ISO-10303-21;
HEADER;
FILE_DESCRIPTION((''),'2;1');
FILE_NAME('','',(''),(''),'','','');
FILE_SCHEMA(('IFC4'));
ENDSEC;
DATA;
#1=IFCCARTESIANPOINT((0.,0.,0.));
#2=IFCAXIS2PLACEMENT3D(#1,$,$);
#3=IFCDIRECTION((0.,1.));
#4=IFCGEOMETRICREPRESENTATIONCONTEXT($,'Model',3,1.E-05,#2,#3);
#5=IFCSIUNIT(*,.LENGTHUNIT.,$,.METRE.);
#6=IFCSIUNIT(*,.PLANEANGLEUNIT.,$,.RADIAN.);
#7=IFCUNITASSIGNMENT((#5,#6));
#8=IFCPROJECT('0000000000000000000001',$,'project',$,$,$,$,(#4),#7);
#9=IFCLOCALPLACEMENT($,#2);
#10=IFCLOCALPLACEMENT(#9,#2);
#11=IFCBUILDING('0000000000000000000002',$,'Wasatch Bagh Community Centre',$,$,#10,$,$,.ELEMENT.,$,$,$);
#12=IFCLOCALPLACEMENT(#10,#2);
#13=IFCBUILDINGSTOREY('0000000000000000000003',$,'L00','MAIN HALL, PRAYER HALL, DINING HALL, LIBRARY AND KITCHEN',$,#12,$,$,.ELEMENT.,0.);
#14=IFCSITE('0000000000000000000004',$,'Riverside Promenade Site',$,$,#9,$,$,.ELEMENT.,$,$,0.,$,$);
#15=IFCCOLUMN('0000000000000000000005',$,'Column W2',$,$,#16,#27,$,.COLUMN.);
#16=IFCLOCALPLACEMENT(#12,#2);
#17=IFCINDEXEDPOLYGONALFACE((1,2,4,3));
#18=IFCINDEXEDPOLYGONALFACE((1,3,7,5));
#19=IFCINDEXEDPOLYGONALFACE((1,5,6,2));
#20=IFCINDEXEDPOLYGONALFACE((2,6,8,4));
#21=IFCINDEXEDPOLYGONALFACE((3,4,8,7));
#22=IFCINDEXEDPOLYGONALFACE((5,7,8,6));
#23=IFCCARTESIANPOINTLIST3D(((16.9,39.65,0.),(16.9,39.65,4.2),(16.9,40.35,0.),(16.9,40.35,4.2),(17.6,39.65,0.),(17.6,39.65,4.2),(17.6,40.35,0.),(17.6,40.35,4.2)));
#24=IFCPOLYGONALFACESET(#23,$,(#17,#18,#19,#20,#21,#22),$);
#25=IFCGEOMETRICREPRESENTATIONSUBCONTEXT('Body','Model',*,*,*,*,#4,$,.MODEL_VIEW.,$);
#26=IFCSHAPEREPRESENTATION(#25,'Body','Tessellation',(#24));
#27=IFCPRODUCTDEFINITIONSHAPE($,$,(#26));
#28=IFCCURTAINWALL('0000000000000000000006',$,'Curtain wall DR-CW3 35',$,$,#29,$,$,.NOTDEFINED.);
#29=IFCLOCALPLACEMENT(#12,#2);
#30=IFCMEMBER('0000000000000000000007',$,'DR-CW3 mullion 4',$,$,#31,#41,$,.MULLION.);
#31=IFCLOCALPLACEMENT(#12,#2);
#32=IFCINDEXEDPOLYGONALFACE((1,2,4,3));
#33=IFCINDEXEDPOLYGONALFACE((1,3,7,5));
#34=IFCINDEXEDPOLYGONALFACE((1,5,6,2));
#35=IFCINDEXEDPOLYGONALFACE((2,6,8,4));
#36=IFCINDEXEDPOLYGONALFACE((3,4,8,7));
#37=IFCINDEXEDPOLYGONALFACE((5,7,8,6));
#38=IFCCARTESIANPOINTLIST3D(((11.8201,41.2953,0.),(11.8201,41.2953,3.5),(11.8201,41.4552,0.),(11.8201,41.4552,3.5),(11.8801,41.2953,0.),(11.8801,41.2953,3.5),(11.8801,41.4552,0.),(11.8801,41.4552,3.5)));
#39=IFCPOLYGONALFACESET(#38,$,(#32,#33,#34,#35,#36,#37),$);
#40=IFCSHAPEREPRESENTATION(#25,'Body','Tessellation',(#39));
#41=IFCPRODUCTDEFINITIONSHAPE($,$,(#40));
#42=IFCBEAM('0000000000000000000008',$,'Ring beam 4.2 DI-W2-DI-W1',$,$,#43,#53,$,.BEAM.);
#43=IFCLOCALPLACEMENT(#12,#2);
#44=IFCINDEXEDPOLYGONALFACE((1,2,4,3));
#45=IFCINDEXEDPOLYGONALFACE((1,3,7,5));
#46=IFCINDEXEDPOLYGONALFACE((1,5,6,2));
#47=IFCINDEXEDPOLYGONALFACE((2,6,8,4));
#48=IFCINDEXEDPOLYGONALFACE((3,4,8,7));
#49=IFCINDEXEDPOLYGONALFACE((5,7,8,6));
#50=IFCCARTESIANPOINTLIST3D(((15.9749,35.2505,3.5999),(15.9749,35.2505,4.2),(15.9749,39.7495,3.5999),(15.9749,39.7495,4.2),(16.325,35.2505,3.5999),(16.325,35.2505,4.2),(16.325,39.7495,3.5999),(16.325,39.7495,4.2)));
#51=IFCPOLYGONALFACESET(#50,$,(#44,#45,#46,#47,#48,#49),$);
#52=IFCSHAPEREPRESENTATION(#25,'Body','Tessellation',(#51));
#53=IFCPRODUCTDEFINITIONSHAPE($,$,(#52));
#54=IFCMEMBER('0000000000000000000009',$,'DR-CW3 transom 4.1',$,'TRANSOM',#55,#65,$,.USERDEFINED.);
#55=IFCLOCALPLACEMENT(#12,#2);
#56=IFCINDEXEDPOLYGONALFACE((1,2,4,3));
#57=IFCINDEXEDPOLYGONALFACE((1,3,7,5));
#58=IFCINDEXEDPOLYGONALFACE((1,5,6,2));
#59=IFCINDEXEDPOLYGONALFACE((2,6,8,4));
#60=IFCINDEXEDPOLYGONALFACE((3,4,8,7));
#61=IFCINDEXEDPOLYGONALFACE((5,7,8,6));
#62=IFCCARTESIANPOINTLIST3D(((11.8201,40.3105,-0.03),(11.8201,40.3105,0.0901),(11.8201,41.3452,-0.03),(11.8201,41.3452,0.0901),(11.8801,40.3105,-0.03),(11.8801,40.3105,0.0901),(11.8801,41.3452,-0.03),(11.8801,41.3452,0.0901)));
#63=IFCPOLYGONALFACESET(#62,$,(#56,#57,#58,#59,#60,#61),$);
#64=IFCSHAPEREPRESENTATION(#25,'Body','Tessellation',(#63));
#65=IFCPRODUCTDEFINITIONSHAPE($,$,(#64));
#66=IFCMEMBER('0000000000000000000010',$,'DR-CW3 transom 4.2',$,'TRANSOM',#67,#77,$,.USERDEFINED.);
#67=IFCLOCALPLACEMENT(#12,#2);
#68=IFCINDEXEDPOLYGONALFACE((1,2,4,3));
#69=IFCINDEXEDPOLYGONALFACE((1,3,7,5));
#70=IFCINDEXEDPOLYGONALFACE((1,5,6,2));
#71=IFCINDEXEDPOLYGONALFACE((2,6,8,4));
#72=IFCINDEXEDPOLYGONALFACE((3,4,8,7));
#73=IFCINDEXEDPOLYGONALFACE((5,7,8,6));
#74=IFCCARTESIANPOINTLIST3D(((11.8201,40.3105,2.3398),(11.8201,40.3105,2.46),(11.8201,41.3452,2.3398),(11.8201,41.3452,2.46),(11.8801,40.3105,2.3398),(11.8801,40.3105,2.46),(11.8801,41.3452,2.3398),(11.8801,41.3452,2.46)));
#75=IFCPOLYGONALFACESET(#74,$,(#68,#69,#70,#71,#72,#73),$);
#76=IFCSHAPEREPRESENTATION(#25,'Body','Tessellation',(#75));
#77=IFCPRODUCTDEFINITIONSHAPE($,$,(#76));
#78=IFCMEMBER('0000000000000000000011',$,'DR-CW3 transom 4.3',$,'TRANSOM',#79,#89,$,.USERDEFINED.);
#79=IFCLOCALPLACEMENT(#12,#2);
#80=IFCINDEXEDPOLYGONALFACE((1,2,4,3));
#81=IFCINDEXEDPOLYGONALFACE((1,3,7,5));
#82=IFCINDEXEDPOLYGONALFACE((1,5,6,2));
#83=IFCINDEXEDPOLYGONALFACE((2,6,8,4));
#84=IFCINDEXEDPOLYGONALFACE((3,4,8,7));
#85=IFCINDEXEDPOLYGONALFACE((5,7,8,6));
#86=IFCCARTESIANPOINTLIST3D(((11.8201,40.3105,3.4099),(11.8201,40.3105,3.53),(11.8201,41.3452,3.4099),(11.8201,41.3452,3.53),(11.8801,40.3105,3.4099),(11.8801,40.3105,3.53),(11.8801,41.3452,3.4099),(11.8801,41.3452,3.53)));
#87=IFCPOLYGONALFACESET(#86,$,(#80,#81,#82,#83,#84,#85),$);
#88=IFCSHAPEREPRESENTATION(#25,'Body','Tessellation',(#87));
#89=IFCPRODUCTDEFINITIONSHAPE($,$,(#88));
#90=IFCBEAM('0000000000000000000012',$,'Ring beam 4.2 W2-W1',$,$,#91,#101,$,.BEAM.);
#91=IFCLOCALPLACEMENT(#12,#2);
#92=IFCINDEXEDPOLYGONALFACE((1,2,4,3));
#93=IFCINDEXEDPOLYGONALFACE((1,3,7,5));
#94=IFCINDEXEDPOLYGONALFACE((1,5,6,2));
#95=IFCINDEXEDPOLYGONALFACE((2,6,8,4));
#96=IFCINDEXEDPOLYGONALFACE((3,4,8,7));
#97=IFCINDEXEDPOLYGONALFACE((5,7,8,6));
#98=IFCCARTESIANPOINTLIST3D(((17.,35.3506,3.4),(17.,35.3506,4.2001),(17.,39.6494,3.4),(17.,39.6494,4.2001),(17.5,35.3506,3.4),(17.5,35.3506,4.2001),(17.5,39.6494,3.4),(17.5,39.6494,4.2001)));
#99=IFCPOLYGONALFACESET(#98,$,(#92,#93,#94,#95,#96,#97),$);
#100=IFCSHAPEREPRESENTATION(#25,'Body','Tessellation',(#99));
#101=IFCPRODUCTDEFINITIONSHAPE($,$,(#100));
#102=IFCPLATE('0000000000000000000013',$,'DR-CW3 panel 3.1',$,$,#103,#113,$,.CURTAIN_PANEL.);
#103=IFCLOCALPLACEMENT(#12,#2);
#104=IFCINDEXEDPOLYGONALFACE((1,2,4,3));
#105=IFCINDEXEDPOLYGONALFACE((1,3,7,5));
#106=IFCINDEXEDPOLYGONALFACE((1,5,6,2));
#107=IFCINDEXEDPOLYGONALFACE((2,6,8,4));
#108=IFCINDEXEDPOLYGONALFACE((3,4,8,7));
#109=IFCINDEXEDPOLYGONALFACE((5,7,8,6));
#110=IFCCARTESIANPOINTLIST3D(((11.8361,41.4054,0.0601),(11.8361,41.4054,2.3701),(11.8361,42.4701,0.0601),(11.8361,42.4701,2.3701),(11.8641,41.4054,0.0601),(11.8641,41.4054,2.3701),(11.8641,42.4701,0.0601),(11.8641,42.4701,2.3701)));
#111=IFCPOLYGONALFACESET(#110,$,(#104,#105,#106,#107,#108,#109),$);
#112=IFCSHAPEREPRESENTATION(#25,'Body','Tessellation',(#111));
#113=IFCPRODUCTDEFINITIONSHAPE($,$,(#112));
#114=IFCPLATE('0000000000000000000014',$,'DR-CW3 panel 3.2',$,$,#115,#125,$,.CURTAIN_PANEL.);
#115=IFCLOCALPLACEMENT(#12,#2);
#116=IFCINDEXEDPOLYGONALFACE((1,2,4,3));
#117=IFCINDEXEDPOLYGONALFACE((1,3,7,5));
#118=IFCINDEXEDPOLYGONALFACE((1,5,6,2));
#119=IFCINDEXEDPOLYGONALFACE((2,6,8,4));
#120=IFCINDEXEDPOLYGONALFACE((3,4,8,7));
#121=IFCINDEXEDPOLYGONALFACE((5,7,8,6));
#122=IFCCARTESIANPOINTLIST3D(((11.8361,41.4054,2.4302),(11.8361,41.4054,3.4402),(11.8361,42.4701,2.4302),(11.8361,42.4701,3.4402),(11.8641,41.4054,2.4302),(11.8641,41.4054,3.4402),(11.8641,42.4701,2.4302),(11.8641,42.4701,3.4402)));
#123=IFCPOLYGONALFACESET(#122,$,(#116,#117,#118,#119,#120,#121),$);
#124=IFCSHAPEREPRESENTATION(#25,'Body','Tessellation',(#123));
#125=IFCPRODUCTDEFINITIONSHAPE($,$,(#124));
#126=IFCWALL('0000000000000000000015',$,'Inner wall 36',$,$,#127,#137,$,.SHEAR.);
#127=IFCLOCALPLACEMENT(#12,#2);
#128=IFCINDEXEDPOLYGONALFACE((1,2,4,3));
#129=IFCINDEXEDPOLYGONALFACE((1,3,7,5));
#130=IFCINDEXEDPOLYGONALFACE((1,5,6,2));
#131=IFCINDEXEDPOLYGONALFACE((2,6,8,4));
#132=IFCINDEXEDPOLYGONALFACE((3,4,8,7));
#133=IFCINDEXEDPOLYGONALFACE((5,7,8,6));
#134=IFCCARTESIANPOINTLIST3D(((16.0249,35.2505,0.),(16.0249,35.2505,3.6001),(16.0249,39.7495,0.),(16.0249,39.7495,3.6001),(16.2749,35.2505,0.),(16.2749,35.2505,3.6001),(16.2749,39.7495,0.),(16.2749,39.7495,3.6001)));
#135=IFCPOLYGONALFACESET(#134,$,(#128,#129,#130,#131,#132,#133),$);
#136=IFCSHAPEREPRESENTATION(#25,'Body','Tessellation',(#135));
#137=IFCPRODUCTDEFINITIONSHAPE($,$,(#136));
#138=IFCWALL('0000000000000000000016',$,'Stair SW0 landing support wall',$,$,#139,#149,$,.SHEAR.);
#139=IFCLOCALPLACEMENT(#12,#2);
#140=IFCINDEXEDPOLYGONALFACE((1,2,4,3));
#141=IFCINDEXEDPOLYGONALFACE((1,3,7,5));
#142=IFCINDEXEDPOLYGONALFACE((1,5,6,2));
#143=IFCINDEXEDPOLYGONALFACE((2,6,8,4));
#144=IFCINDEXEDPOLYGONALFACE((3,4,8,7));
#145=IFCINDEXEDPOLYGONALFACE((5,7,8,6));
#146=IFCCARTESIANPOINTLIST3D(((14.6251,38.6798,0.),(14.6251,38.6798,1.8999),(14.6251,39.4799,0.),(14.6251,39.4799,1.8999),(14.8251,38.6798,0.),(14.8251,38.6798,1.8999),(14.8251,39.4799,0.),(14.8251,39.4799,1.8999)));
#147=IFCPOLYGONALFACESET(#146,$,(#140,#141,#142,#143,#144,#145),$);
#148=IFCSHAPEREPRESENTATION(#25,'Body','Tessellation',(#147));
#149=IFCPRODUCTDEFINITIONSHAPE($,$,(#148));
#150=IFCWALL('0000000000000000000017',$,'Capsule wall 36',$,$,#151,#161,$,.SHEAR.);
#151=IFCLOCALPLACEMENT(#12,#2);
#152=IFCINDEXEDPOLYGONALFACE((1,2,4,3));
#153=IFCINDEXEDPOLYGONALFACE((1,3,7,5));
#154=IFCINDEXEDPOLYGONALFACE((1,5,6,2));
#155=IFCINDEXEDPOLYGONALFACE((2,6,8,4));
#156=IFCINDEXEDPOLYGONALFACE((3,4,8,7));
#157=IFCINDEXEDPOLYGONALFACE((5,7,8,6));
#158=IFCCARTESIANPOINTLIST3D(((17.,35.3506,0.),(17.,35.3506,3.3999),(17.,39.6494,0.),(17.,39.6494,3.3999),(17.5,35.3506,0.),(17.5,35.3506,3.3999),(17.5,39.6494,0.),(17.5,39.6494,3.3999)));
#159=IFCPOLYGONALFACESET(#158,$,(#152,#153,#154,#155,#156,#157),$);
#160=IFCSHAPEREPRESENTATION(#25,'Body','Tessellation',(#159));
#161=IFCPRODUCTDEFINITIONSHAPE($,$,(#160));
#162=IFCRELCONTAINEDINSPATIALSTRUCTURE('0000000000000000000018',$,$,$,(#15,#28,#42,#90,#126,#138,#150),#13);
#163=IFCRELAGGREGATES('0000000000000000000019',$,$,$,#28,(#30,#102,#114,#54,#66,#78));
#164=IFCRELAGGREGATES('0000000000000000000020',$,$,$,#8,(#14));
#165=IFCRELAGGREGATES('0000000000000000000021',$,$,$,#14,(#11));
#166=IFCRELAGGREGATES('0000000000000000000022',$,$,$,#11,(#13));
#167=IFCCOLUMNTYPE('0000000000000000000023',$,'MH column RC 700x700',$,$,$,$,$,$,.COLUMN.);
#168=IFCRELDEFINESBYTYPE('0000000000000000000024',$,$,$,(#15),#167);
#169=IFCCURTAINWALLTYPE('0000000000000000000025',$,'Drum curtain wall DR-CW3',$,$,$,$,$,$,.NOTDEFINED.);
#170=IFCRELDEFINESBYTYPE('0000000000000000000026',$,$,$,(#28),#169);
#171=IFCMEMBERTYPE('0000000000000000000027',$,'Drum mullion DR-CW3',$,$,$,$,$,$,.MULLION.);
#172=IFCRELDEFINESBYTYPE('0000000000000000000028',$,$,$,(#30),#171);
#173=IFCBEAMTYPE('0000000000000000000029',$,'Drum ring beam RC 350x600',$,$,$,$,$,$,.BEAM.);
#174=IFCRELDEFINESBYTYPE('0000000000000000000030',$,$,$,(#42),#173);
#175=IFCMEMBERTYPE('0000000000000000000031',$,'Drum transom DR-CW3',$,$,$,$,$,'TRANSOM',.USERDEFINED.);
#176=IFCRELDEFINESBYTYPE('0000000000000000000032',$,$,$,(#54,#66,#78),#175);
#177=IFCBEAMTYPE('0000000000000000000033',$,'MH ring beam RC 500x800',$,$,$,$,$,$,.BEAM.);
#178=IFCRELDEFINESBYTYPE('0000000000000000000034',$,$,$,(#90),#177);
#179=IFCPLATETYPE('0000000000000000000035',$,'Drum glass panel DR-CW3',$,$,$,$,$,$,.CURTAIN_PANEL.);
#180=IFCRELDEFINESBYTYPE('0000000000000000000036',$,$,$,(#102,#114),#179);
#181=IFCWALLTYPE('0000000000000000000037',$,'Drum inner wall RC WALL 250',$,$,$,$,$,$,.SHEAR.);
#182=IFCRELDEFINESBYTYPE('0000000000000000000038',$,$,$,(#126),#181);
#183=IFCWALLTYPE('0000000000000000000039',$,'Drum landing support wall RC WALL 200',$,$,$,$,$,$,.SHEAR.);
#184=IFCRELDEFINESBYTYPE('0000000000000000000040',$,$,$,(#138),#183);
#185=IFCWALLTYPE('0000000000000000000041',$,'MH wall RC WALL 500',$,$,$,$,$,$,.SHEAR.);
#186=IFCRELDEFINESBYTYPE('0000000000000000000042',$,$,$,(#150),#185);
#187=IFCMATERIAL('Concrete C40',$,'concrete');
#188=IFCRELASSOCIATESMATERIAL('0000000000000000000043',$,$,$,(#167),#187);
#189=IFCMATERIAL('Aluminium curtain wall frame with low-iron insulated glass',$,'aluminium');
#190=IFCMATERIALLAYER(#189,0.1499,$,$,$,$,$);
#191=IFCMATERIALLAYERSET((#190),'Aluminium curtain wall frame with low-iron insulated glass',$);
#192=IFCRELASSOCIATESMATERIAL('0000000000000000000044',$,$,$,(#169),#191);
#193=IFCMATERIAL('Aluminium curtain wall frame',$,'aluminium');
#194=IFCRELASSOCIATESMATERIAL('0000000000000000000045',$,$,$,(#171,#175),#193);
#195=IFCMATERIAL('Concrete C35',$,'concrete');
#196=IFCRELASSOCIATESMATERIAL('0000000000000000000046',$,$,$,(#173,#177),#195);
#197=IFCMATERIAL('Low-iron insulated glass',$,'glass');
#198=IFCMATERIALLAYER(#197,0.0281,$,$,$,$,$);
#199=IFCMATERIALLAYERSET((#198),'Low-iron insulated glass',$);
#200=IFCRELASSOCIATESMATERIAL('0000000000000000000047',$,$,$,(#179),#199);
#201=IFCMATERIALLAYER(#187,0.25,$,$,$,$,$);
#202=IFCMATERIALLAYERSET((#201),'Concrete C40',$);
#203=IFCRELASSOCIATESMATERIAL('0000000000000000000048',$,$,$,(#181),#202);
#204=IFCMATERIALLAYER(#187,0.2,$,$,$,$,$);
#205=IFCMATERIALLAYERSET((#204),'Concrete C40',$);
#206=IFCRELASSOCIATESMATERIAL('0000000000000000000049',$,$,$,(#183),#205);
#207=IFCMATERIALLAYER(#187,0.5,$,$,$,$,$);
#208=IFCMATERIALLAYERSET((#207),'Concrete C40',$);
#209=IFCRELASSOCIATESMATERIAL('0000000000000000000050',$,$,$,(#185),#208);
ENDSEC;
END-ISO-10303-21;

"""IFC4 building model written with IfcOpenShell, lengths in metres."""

from ifc_helpers import new_model, si_unit, direction, frame, frame_2d, origin, origin_2d, place, context, subcontext, project, spatial, rectangle, extrude, material, layer, layer_set, material_profile, profile_set, type_object, element, aggregate, save


model = new_model("IFC4")

# Units and contexts
model_context = context("Model", 3, precision=1e-05, world=origin(), true_north=direction((0.0, 1.0)))
body_context = subcontext(model_context, "Body", "Model", "MODEL_VIEW")
ifc_project = project(units=[si_unit("LENGTHUNIT", "METRE"), si_unit("PLANEANGLEUNIT", "RADIAN")], contexts=[model_context])

# Site, building, storey
site_placement = place(None, origin())
site = spatial("IfcSite", under=ifc_project, at=site_placement, Name="Riverside Promenade Site", CompositionType="ELEMENT", RefElevation=0.0)
building_placement = place(site_placement, origin())
building = spatial("IfcBuilding", under=site, at=building_placement, Name="Wasatch Bagh Community Centre", CompositionType="ELEMENT")
storey_placement = place(building_placement, origin())
storey = spatial("IfcBuildingStorey", under=building, at=storey_placement, Name="L00", Description="MAIN HALL, PRAYER HALL, DINING HALL, LIBRARY AND KITCHEN", CompositionType="ELEMENT", Elevation=0.0)

# Shared definitions
ifc_material_1 = material(Name="Concrete C35", Category="concrete")

# Column
ifc_material_2 = material(Name="Concrete C40", Category="concrete")
ifc_material_profile_1 = material_profile(ifc_material_2, rectangle(XDim=0.7, YDim=0.7, at=origin_2d()), Name="RC 700x700")
ifc_profile_set_1 = profile_set([ifc_material_profile_1], Name="Concrete C40")
column_type_1 = type_object("IfcColumnType", Name="MH column RC 700x700", PredefinedType="COLUMN", material=ifc_profile_set_1)
column_1_placement = place(storey_placement, frame((17.25, 40.0, 0.0), z_axis=(0.0, 0.0, 1.0), x_axis=(1.0, 0.0, 0.0)))
element("IfcColumn", 1, at=column_1_placement, inside=storey, type_object=column_type_1, Name="Column W2", PredefinedType="COLUMN", context=body_context, shape_type="SweptSolid", body=[
    extrude(rectangle(XDim=0.7, YDim=0.7, at=origin_2d()), origin(), (0.0, 0.0, 1.0), 4.2),
])

# Curtain wall, member
ifc_material_3 = material(Name="Aluminium curtain wall frame with low-iron insulated glass", Category="aluminium")
ifc_layer_1 = layer(ifc_material_3, 0.1499)
ifc_layer_set_1 = layer_set([ifc_layer_1], Name="Aluminium curtain wall frame with low-iron insulated glass")
curtain_wall_type = type_object("IfcCurtainWallType", Name="Drum curtain wall DR-CW3", PredefinedType="NOTDEFINED", material=ifc_layer_set_1)
curtain_wall_placement = place(storey_placement, origin())
curtain_wall = element("IfcCurtainWall", 2, at=curtain_wall_placement, inside=storey, type_object=curtain_wall_type, Name="Curtain wall DR-CW3 35", PredefinedType="NOTDEFINED")
ifc_material_4 = material(Name="Aluminium curtain wall frame", Category="aluminium")
ifc_material_profile_2 = material_profile(ifc_material_4, rectangle(XDim=0.0601, YDim=0.1599, at=origin_2d()), Name="Drum mullion DR-CW3")
ifc_profile_set_2 = profile_set([ifc_material_profile_2], Name="Aluminium curtain wall frame")
member_type_1 = type_object("IfcMemberType", Name="Drum mullion DR-CW3", PredefinedType="MULLION", material=ifc_profile_set_2)
member_1_placement = place(storey_placement, frame((11.8501, 41.3752, 0.0), z_axis=(0.0, 0.0, 1.0), x_axis=(1.0, 0.0, 0.0)))
member_1 = element("IfcMember", 3, at=member_1_placement, type_object=member_type_1, Name="DR-CW3 mullion 4", PredefinedType="MULLION", context=body_context, shape_type="SweptSolid", body=[
    extrude(rectangle(XDim=0.0601, YDim=0.1599, at=origin_2d()), origin(), (0.0, 0.0, 1.0), 3.5),
])

# Beam
ifc_material_profile_3 = material_profile(ifc_material_1, rectangle(XDim=0.3501, YDim=0.6001, at=origin_2d()), Name="RC 350x600")
ifc_profile_set_3 = profile_set([ifc_material_profile_3], Name="Concrete C35")
beam_type_1 = type_object("IfcBeamType", Name="Drum ring beam RC 350x600", PredefinedType="BEAM", material=ifc_profile_set_3)
beam_1_placement = place(storey_placement, frame((16.1499, 39.7495, 3.8999), z_axis=(0.0, -1.0, 0.0), x_axis=(1.0, 0.0, 0.0)))
element("IfcBeam", 4, at=beam_1_placement, inside=storey, type_object=beam_type_1, Name="Ring beam 4.2 DI-W2-DI-W1", PredefinedType="BEAM", context=body_context, shape_type="SweptSolid", body=[
    extrude(rectangle(XDim=0.3501, YDim=0.6001, at=origin_2d()), origin(), (0.0, 0.0, 1.0), 4.499),
])

# Members
ifc_material_profile_4 = material_profile(ifc_material_4, rectangle(XDim=0.0601, YDim=0.1201, at=origin_2d()), Name="Drum transom DR-CW3")
ifc_profile_set_4 = profile_set([ifc_material_profile_4], Name="Aluminium curtain wall frame")
member_type_2 = type_object("IfcMemberType", Name="Drum transom DR-CW3", ElementType="TRANSOM", PredefinedType="USERDEFINED", material=ifc_profile_set_4)
member_2_placement = place(storey_placement, frame((11.8501, 41.3452, 0.03), z_axis=(0.0, -1.0, 0.0), x_axis=(1.0, 0.0, 0.0)))
member_2 = element("IfcMember", 5, at=member_2_placement, type_object=member_type_2, Name="DR-CW3 transom 4.1", ObjectType="TRANSOM", PredefinedType="USERDEFINED", context=body_context, shape_type="SweptSolid", body=[
    extrude(rectangle(XDim=0.0601, YDim=0.1201, at=origin_2d()), origin(), (0.0, 0.0, 1.0), 1.0347),
])
member_3_placement = place(storey_placement, frame((11.8501, 41.3452, 2.3999), z_axis=(0.0, -1.0, 0.0), x_axis=(1.0, 0.0, 0.0)))
member_3 = element("IfcMember", 6, at=member_3_placement, type_object=member_type_2, Name="DR-CW3 transom 4.2", ObjectType="TRANSOM", PredefinedType="USERDEFINED", context=body_context, shape_type="SweptSolid", body=[
    extrude(rectangle(XDim=0.0601, YDim=0.1201, at=origin_2d()), origin(), (0.0, 0.0, 1.0), 1.0347),
])
member_4_placement = place(storey_placement, frame((11.8501, 41.3452, 3.47), z_axis=(0.0, -1.0, 0.0), x_axis=(1.0, 0.0, 0.0)))
member_4 = element("IfcMember", 7, at=member_4_placement, type_object=member_type_2, Name="DR-CW3 transom 4.3", ObjectType="TRANSOM", PredefinedType="USERDEFINED", context=body_context, shape_type="SweptSolid", body=[
    extrude(rectangle(XDim=0.0601, YDim=0.1201, at=origin_2d()), origin(), (0.0, 0.0, 1.0), 1.0347),
])

# Beam
ifc_material_profile_5 = material_profile(ifc_material_1, rectangle(XDim=0.5, YDim=0.8, at=origin_2d()), Name="RC 500x800")
ifc_profile_set_5 = profile_set([ifc_material_profile_5], Name="Concrete C35")
beam_type_2 = type_object("IfcBeamType", Name="MH ring beam RC 500x800", PredefinedType="BEAM", material=ifc_profile_set_5)
beam_2_placement = place(storey_placement, frame((17.25, 39.6494, 3.8), z_axis=(0.0, -1.0, 0.0), x_axis=(1.0, 0.0, 0.0)))
element("IfcBeam", 8, at=beam_2_placement, inside=storey, type_object=beam_type_2, Name="Ring beam 4.2 W2-W1", PredefinedType="BEAM", context=body_context, shape_type="SweptSolid", body=[
    extrude(rectangle(XDim=0.5, YDim=0.8, at=origin_2d()), origin(), (0.0, 0.0, 1.0), 4.2988),
])

# Plates
ifc_material_5 = material(Name="Low-iron insulated glass", Category="glass")
ifc_layer_2 = layer(ifc_material_5, 0.0281)
ifc_layer_set_2 = layer_set([ifc_layer_2], Name="Low-iron insulated glass")
plate_type = type_object("IfcPlateType", Name="Drum glass panel DR-CW3", PredefinedType="CURTAIN_PANEL", material=ifc_layer_set_2)
plate_1_placement = place(storey_placement, frame((11.8501, 41.9377, 0.0601), z_axis=(0.0, 0.0, 1.0), x_axis=(0.0, -1.0, 0.0)))
plate_1 = element("IfcPlate", 9, at=plate_1_placement, type_object=plate_type, Name="DR-CW3 panel 3.1", PredefinedType="CURTAIN_PANEL", context=body_context, shape_type="SweptSolid", body=[
    extrude(rectangle(XDim=1.0647, YDim=0.0281, at=origin_2d()), origin(), (0.0, 0.0, 1.0), 2.3101),
])
plate_2_placement = place(storey_placement, frame((11.8501, 41.9377, 2.4302), z_axis=(0.0, 0.0, 1.0), x_axis=(0.0, -1.0, 0.0)))
plate_2 = element("IfcPlate", 10, at=plate_2_placement, type_object=plate_type, Name="DR-CW3 panel 3.2", PredefinedType="CURTAIN_PANEL", context=body_context, shape_type="SweptSolid", body=[
    extrude(rectangle(XDim=1.0647, YDim=0.0281, at=origin_2d()), origin(), (0.0, 0.0, 1.0), 1.01),
])
aggregate(curtain_wall, [member_1, plate_1, plate_2, member_2, member_3, member_4])

# Walls
ifc_layer_3 = layer(ifc_material_2, 0.25)
ifc_layer_set_3 = layer_set([ifc_layer_3], Name="Concrete C40")
wall_type_1 = type_object("IfcWallType", Name="Drum inner wall RC WALL 250", PredefinedType="SHEAR", material=ifc_layer_set_3)
wall_1_placement = place(storey_placement, frame((16.1499, 39.7495, 0.0), z_axis=(0.0, 0.0, 1.0), x_axis=(0.0, -1.0, 0.0)))
element("IfcWall", 11, at=wall_1_placement, inside=storey, type_object=wall_type_1, Name="Inner wall 36", PredefinedType="SHEAR", context=body_context, shape_type="SweptSolid", body=[
    extrude(rectangle(XDim=4.499, YDim=0.25, at=frame_2d((2.2495, 0.0))), origin(), (0.0, 0.0, 1.0), 3.6001),
])
ifc_layer_4 = layer(ifc_material_2, 0.2)
ifc_layer_set_4 = layer_set([ifc_layer_4], Name="Concrete C40")
wall_type_2 = type_object("IfcWallType", Name="Drum landing support wall RC WALL 200", PredefinedType="SHEAR", material=ifc_layer_set_4)
wall_2_placement = place(storey_placement, frame((14.7251, 38.6799, 0.0), z_axis=(0.0, 0.0, 1.0), x_axis=(0.0, 1.0, 0.0)))
element("IfcWall", 12, at=wall_2_placement, inside=storey, type_object=wall_type_2, Name="Stair SW0 landing support wall", PredefinedType="SHEAR", context=body_context, shape_type="SweptSolid", body=[
    extrude(rectangle(XDim=0.8, YDim=0.2, at=frame_2d((0.3999, 0.0))), origin(), (0.0, 0.0, 1.0), 1.8999),
])
ifc_layer_5 = layer(ifc_material_2, 0.5)
ifc_layer_set_5 = layer_set([ifc_layer_5], Name="Concrete C40")
wall_type_3 = type_object("IfcWallType", Name="MH wall RC WALL 500", PredefinedType="SHEAR", material=ifc_layer_set_5)
wall_3_placement = place(storey_placement, frame((17.25, 39.6494, 0.0), z_axis=(0.0, 0.0, 1.0), x_axis=(0.0, -1.0, 0.0)))
element("IfcWall", 13, at=wall_3_placement, inside=storey, type_object=wall_type_3, Name="Capsule wall 36", PredefinedType="SHEAR", context=body_context, shape_type="SweptSolid", body=[
    extrude(rectangle(XDim=4.2988, YDim=0.5, at=frame_2d((2.1494, 0.0))), origin(), (0.0, 0.0, 1.0), 3.3999),
])

save(model, "model.ifc")
